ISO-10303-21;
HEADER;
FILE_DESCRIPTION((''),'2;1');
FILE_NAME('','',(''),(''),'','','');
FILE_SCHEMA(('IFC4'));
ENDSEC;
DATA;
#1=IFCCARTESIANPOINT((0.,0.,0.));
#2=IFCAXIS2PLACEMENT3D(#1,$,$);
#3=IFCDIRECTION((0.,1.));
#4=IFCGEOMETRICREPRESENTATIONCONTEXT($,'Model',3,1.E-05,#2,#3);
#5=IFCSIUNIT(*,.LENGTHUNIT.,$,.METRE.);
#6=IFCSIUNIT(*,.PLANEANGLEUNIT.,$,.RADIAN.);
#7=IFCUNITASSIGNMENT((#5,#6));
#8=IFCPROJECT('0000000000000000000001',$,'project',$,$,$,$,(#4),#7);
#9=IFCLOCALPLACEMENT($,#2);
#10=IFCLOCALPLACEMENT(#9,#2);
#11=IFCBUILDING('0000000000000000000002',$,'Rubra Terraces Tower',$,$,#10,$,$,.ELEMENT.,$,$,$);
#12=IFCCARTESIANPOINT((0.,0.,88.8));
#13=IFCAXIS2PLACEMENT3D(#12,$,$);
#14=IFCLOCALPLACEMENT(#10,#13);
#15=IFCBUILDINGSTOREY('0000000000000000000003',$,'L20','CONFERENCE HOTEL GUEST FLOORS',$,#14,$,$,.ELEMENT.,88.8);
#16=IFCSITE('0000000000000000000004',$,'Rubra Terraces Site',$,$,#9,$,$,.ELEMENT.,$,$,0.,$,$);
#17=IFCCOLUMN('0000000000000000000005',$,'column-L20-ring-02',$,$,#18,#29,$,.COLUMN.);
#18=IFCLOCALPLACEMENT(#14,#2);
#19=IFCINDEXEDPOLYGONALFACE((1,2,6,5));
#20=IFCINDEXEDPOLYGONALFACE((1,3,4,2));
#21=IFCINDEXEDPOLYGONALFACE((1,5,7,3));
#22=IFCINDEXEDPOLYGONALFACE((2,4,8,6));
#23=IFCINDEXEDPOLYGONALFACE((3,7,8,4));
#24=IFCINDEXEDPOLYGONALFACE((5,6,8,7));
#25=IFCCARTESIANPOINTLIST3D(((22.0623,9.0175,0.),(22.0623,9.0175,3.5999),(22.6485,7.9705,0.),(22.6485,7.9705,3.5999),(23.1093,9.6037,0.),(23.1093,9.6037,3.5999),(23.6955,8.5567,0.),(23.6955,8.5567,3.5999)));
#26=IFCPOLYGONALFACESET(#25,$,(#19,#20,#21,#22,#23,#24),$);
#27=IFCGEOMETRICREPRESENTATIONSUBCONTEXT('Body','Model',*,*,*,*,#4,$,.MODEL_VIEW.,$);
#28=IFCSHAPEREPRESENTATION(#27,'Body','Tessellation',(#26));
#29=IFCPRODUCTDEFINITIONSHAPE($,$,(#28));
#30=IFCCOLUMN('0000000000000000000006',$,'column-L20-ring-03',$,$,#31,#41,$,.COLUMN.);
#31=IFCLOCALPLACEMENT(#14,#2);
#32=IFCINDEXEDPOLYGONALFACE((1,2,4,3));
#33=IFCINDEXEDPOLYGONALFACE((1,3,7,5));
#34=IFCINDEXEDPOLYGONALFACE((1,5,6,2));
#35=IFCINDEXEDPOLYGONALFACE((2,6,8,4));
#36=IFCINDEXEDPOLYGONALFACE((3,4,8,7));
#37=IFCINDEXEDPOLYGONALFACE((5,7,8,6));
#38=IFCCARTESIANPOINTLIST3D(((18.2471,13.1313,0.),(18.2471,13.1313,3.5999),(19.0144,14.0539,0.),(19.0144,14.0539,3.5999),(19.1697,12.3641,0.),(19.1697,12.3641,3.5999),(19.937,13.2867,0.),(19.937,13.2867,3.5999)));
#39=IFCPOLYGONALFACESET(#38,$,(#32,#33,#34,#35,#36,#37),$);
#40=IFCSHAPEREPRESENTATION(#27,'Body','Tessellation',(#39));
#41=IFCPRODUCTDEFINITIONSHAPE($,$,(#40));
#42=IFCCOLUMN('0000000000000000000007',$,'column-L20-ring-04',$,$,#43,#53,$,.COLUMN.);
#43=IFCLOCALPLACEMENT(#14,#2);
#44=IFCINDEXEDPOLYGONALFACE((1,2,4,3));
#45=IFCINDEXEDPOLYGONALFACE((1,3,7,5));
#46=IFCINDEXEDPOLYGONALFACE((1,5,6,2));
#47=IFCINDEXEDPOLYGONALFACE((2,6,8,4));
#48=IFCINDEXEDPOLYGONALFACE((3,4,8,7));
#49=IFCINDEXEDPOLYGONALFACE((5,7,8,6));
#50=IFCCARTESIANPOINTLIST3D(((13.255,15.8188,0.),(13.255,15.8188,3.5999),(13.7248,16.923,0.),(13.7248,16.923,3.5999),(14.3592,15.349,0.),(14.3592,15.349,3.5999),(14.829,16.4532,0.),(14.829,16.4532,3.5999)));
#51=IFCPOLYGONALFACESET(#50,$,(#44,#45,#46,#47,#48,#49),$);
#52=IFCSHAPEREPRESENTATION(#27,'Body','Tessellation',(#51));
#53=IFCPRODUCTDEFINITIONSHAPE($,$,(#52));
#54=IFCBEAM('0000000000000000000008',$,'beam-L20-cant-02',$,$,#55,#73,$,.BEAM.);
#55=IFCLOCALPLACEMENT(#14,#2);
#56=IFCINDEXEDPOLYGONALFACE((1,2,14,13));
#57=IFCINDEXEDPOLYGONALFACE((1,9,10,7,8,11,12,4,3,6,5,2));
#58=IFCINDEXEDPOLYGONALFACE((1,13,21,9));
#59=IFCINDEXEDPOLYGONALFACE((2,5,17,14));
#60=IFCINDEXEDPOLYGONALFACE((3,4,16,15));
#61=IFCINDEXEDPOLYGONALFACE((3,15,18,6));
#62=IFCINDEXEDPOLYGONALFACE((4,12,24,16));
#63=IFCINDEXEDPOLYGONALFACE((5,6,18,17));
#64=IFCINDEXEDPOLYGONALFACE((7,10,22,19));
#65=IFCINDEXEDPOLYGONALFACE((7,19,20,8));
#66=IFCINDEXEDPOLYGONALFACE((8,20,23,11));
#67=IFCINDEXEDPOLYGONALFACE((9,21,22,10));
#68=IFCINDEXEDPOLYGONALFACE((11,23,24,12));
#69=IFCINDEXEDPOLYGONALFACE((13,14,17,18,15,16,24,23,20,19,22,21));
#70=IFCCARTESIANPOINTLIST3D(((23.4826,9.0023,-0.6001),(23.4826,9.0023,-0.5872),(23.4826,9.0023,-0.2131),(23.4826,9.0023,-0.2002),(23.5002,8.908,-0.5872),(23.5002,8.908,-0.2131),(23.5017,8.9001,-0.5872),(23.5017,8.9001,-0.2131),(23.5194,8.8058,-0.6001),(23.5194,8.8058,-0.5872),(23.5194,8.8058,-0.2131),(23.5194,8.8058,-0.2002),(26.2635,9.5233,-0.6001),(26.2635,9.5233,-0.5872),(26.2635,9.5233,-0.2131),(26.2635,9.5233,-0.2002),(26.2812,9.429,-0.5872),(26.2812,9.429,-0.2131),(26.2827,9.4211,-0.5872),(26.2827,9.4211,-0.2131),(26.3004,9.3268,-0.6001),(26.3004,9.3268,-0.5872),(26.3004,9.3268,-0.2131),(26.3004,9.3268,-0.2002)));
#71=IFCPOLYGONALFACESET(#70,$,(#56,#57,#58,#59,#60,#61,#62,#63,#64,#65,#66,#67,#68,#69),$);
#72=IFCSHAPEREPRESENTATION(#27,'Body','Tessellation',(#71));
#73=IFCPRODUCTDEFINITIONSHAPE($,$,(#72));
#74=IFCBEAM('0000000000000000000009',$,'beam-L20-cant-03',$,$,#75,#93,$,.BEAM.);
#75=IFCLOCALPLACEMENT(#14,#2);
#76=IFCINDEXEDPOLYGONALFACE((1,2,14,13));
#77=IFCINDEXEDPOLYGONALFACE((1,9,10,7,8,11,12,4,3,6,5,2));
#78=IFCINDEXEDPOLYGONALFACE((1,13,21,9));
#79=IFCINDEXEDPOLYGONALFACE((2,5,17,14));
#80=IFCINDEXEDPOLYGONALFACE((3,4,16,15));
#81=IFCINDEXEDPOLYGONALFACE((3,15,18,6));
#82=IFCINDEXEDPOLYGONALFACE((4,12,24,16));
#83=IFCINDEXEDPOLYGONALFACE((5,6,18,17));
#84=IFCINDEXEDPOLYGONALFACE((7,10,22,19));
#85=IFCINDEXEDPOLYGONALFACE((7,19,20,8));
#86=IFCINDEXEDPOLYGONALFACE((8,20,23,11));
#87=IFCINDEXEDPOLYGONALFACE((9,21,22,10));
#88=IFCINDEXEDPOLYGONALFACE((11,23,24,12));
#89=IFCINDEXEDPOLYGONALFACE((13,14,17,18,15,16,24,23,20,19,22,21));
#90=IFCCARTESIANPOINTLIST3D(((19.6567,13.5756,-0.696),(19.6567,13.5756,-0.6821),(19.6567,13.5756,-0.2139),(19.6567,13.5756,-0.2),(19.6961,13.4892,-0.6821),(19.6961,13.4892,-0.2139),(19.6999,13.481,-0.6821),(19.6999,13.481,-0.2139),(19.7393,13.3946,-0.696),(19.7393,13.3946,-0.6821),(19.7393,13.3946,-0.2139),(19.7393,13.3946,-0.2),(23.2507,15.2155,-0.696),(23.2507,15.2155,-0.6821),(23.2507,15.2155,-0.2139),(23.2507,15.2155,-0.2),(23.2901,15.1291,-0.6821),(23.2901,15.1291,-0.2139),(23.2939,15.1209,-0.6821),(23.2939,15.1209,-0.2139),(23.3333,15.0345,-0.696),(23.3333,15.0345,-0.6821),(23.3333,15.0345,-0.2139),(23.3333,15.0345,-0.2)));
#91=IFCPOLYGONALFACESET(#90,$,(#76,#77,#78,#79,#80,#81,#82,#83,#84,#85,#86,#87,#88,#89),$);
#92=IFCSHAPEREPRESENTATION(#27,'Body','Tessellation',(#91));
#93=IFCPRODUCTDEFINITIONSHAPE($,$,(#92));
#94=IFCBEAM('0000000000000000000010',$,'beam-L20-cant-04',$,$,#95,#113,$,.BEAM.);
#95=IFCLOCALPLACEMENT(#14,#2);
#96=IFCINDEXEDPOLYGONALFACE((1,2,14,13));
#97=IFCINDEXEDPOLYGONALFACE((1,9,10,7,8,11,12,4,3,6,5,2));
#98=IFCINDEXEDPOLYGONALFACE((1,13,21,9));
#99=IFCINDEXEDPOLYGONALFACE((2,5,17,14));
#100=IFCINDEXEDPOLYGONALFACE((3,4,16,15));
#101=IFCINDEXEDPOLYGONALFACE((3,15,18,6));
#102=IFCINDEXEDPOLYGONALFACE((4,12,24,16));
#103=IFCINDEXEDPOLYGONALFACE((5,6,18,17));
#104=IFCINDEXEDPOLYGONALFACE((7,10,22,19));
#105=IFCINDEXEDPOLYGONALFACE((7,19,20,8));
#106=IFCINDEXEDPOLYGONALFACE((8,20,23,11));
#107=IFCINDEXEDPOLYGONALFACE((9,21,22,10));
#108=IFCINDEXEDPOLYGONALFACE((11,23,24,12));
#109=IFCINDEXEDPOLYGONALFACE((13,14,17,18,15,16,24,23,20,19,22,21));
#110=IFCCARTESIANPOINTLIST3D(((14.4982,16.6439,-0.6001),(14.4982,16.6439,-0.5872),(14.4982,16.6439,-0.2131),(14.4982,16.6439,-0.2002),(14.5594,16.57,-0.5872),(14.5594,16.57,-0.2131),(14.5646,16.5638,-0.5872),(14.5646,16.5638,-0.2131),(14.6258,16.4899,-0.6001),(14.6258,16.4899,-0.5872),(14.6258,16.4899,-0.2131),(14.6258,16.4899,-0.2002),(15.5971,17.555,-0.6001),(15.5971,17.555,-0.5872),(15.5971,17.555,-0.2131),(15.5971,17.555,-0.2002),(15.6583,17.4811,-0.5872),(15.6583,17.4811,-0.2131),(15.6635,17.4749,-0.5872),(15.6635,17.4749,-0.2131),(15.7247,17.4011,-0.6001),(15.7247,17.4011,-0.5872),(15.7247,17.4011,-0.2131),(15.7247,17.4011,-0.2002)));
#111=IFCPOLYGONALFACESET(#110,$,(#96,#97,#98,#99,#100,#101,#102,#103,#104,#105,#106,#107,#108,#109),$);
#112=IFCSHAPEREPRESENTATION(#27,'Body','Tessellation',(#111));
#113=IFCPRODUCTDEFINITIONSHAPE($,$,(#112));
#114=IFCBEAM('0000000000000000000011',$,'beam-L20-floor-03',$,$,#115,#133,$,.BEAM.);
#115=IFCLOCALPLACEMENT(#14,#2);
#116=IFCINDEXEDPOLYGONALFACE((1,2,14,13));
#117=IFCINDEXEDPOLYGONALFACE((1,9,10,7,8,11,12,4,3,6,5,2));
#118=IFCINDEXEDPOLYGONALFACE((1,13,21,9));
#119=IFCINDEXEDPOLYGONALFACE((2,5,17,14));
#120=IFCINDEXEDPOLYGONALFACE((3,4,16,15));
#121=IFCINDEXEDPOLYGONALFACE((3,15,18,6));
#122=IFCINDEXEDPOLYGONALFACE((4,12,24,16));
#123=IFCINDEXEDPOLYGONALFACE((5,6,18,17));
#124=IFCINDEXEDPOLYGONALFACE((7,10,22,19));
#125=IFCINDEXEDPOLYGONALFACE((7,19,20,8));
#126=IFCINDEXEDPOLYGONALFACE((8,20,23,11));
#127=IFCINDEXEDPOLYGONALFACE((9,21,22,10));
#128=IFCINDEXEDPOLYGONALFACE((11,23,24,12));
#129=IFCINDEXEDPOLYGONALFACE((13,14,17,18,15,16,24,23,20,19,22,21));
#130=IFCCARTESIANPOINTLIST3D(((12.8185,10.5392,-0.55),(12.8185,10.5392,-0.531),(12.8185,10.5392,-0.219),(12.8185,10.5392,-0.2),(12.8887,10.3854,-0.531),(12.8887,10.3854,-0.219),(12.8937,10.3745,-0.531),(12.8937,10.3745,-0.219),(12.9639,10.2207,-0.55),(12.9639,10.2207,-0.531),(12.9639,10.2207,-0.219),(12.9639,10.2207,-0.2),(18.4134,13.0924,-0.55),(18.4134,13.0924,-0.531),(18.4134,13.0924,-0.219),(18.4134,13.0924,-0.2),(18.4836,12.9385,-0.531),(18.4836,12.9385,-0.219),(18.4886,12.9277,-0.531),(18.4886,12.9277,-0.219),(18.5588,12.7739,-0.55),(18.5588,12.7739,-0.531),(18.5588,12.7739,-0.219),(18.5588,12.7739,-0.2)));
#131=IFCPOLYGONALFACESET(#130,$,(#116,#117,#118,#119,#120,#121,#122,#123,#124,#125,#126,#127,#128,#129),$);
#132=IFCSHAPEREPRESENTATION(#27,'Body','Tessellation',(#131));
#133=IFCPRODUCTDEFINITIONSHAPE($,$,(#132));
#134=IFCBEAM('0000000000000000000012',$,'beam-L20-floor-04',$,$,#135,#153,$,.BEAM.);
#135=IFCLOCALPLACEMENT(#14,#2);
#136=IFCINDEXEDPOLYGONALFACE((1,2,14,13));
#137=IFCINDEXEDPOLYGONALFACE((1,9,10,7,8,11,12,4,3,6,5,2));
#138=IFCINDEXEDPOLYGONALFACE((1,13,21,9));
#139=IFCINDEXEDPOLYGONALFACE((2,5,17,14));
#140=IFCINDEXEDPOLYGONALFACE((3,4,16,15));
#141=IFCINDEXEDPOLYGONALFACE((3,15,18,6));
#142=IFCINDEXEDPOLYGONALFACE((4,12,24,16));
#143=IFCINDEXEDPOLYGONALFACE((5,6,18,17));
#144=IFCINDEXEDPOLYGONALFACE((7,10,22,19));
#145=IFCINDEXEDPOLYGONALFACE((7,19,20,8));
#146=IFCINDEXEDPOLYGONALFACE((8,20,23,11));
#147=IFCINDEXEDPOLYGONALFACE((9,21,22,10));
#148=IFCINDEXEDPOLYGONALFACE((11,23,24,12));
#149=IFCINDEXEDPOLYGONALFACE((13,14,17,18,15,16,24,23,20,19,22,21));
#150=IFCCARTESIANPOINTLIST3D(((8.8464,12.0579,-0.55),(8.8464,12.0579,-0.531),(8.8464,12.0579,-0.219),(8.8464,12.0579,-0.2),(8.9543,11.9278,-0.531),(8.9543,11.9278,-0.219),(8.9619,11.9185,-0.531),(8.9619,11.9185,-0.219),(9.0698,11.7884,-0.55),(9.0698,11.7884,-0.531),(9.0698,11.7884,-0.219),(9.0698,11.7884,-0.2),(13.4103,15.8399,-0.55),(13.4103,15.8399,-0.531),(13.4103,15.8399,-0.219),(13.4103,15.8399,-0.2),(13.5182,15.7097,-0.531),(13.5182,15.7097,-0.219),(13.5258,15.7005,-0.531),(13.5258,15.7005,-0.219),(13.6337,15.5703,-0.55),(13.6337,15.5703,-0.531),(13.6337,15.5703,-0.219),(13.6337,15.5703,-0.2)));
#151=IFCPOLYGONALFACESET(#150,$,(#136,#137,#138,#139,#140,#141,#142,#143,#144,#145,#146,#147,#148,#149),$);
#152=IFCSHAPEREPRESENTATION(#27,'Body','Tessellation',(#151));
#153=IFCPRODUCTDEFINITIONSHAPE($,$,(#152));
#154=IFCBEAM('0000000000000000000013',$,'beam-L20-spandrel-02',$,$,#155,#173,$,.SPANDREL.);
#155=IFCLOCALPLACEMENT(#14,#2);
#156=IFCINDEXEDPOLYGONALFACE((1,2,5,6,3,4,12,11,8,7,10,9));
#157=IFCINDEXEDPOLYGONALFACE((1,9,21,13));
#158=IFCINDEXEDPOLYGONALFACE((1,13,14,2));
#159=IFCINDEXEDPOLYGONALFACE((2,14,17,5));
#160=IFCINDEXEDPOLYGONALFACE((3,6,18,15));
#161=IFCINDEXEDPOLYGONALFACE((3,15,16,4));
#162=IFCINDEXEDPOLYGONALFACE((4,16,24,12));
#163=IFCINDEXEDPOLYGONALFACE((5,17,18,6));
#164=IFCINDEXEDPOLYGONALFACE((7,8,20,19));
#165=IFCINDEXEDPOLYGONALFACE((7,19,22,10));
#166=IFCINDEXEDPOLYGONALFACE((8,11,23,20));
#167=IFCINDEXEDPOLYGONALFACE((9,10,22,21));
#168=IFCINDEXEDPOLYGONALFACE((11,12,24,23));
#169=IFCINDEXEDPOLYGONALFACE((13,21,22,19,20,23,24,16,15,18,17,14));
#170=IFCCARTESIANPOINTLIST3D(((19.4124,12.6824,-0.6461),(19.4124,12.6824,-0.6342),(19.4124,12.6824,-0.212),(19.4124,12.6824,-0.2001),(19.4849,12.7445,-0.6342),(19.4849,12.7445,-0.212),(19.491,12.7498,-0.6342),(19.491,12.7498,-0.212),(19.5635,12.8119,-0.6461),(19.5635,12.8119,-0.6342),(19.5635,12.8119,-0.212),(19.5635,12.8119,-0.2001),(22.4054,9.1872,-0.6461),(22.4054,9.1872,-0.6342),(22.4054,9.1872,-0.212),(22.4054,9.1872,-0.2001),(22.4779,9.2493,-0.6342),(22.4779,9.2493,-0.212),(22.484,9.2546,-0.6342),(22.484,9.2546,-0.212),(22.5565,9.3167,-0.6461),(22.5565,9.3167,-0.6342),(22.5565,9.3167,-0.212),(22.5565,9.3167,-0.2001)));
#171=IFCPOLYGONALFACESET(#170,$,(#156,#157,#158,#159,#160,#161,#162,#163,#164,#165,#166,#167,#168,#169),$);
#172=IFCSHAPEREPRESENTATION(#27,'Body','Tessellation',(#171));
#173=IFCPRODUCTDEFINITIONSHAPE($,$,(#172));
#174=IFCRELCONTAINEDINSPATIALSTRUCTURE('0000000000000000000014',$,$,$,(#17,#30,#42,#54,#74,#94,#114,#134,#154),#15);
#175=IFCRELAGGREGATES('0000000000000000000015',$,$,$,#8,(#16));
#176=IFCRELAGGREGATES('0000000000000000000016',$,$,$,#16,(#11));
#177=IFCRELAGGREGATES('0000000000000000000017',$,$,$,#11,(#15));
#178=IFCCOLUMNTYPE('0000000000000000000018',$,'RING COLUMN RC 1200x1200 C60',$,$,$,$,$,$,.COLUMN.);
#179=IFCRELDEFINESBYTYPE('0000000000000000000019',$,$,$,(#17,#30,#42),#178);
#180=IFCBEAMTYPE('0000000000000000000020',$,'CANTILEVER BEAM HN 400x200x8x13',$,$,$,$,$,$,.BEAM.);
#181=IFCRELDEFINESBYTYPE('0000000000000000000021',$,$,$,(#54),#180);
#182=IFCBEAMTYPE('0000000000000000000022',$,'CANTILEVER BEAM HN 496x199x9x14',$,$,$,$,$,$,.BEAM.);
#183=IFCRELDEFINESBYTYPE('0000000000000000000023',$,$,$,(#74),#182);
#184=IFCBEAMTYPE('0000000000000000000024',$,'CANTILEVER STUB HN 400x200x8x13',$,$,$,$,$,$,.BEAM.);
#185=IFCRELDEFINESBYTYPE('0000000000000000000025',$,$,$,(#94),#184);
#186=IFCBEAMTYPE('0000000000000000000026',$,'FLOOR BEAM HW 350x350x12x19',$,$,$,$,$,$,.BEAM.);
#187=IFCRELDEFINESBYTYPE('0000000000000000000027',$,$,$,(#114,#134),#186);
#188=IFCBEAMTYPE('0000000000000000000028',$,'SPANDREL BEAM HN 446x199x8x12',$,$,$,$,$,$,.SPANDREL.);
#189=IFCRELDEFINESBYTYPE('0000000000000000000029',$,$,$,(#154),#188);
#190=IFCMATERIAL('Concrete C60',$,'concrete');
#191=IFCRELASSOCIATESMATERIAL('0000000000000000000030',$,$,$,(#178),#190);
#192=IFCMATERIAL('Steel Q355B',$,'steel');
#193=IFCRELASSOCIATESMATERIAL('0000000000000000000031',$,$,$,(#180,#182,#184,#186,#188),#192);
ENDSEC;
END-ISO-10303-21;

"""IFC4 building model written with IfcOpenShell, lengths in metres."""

from ifc_helpers import new_model, si_unit, direction, frame, origin, origin_2d, place, context, subcontext, project, spatial, rectangle, i_section, extrude, material, material_profile, profile_set, type_object, element, save


model = new_model("IFC4")

# Units and contexts
model_context = context("Model", 3, precision=1e-05, world=origin(), true_north=direction((0.0, 1.0)))
body_context = subcontext(model_context, "Body", "Model", "MODEL_VIEW")
ifc_project = project(units=[si_unit("LENGTHUNIT", "METRE"), si_unit("PLANEANGLEUNIT", "RADIAN")], contexts=[model_context])

# Site, building, storey
site_placement = place(None, origin())
site = spatial("IfcSite", under=ifc_project, at=site_placement, Name="Rubra Terraces Site", CompositionType="ELEMENT", RefElevation=0.0)
building_placement = place(site_placement, origin())
building = spatial("IfcBuilding", under=site, at=building_placement, Name="Rubra Terraces Tower", CompositionType="ELEMENT")
storey_placement = place(building_placement, frame((0.0, 0.0, 88.8)))
storey = spatial("IfcBuildingStorey", under=building, at=storey_placement, Name="L20", Description="CONFERENCE HOTEL GUEST FLOORS", CompositionType="ELEMENT", Elevation=88.8)

# Columns
ifc_material_1 = material(Name="Concrete C60", Category="concrete")
ifc_material_profile_1 = material_profile(ifc_material_1, rectangle(XDim=1.2, YDim=1.2, at=origin_2d()), Name="RC 1200x1200")
ifc_profile_set_1 = profile_set([ifc_material_profile_1], Name="Concrete C60")
column_type = type_object("IfcColumnType", Name="RING COLUMN RC 1200x1200 C60", PredefinedType="COLUMN", material=ifc_profile_set_1)
for number, where, z_axis, x_axis, name in (
    (1, (22.8789, 8.7871, 0.0), (0.0, 0.0, 1.0), (-0.488526, 0.872549, 0.0), "column-L20-ring-02"),
    (2, (19.092, 13.209, 0.0), (0.0, 0.0, 1.0), (-0.76887, 0.639405, 0.0), "column-L20-ring-03"),
    (3, (14.042, 16.136, 0.0), (0.0, 0.0, 1.0), (-0.920168, 0.391524, 0.0), "column-L20-ring-04"),
):
    element("IfcColumn", number, at=place(storey_placement, frame(where, z_axis=z_axis, x_axis=x_axis)), inside=storey, type_object=column_type, Name=name, PredefinedType="COLUMN", context=body_context, shape_type="SweptSolid", body=[
        extrude(rectangle(XDim=1.2, YDim=1.2, at=origin_2d()), origin(), (0.0, 0.0, 1.0), 3.5999),
    ])

# Beams
ifc_material_2 = material(Name="Steel Q355B", Category="steel")
ifc_material_profile_2 = material_profile(ifc_material_2, i_section(OverallWidth=0.2, OverallDepth=0.3999, WebThickness=0.0081, FlangeThickness=0.0129, at=origin_2d()), Name="HN 400x200x8x13")
ifc_profile_set_2 = profile_set([ifc_material_profile_2], Name="Steel Q355B")
beam_type_1 = type_object("IfcBeamType", Name="CANTILEVER BEAM HN 400x200x8x13", PredefinedType="BEAM", material=ifc_profile_set_2)
beam_1_placement = place(storey_placement, frame((23.501, 8.9041, -0.4001), z_axis=(0.982901, 0.184137, 0.0), x_axis=(-0.184137, 0.982901, 0.0)))
element("IfcBeam", 4, at=beam_1_placement, inside=storey, type_object=beam_type_1, Name="beam-L20-cant-02", PredefinedType="BEAM", context=body_context, shape_type="SweptSolid", body=[
    extrude(i_section(OverallWidth=0.2, OverallDepth=0.3999, WebThickness=0.0081, FlangeThickness=0.0129, at=origin_2d()), origin(), (0.0, 0.0, 1.0), 2.8293),
])
ifc_material_profile_3 = material_profile(ifc_material_2, i_section(OverallWidth=0.199, OverallDepth=0.4961, WebThickness=0.009, FlangeThickness=0.0139, at=origin_2d()), Name="HN 496x199x9x14")
ifc_profile_set_3 = profile_set([ifc_material_profile_3], Name="Steel Q355B")
beam_type_2 = type_object("IfcBeamType", Name="CANTILEVER BEAM HN 496x199x9x14", PredefinedType="BEAM", material=ifc_profile_set_3)
beam_2_placement = place(storey_placement, frame((19.698, 13.4851, -0.448), z_axis=(0.909769, 0.415116, 0.0), x_axis=(-0.415116, 0.909769, 0.0)))
element("IfcBeam", 5, at=beam_2_placement, inside=storey, type_object=beam_type_2, Name="beam-L20-cant-03", PredefinedType="BEAM", context=body_context, shape_type="SweptSolid", body=[
    extrude(i_section(OverallWidth=0.199, OverallDepth=0.4961, WebThickness=0.009, FlangeThickness=0.0139, at=origin_2d()), origin(), (0.0, 0.0, 1.0), 3.9504),
])
ifc_material_profile_4 = material_profile(ifc_material_2, i_section(OverallWidth=0.2, OverallDepth=0.3999, WebThickness=0.0081, FlangeThickness=0.0129, at=origin_2d()), Name="HN 400x200x8x13")
ifc_profile_set_4 = profile_set([ifc_material_profile_4], Name="Steel Q355B")
beam_type_3 = type_object("IfcBeamType", Name="CANTILEVER STUB HN 400x200x8x13", PredefinedType="BEAM", material=ifc_profile_set_4)
beam_3_placement = place(storey_placement, frame((14.562, 16.5669, -0.4001), z_axis=(0.769803, 0.638281, 0.0), x_axis=(-0.638281, 0.769803, 0.0)))
element("IfcBeam", 6, at=beam_3_placement, inside=storey, type_object=beam_type_3, Name="beam-L20-cant-04", PredefinedType="BEAM", context=body_context, shape_type="SweptSolid", body=[
    extrude(i_section(OverallWidth=0.2, OverallDepth=0.3999, WebThickness=0.0081, FlangeThickness=0.0129, at=origin_2d()), origin(), (0.0, 0.0, 1.0), 1.4275),
])
ifc_material_profile_5 = material_profile(ifc_material_2, i_section(OverallWidth=0.3501, OverallDepth=0.3501, WebThickness=0.012, FlangeThickness=0.019, at=origin_2d()), Name="HW 350x350x12x19")
ifc_profile_set_5 = profile_set([ifc_material_profile_5], Name="Steel Q355B")
beam_type_4 = type_object("IfcBeamType", Name="FLOOR BEAM HW 350x350x12x19", PredefinedType="BEAM", material=ifc_profile_set_5)
beam_4_placement = place(storey_placement, frame((18.4861, 12.9331, -0.375), z_axis=(-0.90975, -0.415157, 0.0), x_axis=(0.415157, -0.90975, 0.0)))
element("IfcBeam", 7, at=beam_4_placement, inside=storey, type_object=beam_type_4, Name="beam-L20-floor-03", PredefinedType="BEAM", context=body_context, shape_type="SweptSolid", body=[
    extrude(i_section(OverallWidth=0.3501, OverallDepth=0.3501, WebThickness=0.012, FlangeThickness=0.019, at=origin_2d()), origin(), (0.0, 0.0, 1.0), 6.1499),
])
beam_5_placement = place(storey_placement, frame((13.522, 15.7051, -0.375), z_axis=(-0.769987, -0.638059, 0.0), x_axis=(0.638059, -0.769987, 0.0)))
element("IfcBeam", 8, at=beam_5_placement, inside=storey, type_object=beam_type_4, Name="beam-L20-floor-04", PredefinedType="BEAM", context=body_context, shape_type="SweptSolid", body=[
    extrude(i_section(OverallWidth=0.3501, OverallDepth=0.3501, WebThickness=0.012, FlangeThickness=0.019, at=origin_2d()), origin(), (0.0, 0.0, 1.0), 5.9272),
])
ifc_material_profile_6 = material_profile(ifc_material_2, i_section(OverallWidth=0.199, OverallDepth=0.446, WebThickness=0.0081, FlangeThickness=0.012, at=origin_2d()), Name="HN 446x199x8x12")
ifc_profile_set_6 = profile_set([ifc_material_profile_6], Name="Steel Q355B")
beam_type_5 = type_object("IfcBeamType", Name="SPANDREL BEAM HN 446x199x8x12", PredefinedType="SPANDREL", material=ifc_profile_set_6)
beam_6_placement = place(storey_placement, frame((22.481, 9.252, -0.4231), z_axis=(-0.650429, 0.759567, 0.0), x_axis=(-0.759567, -0.650429, 0.0)))
element("IfcBeam", 9, at=beam_6_placement, inside=storey, type_object=beam_type_5, Name="beam-L20-spandrel-02", PredefinedType="SPANDREL", context=body_context, shape_type="SweptSolid", body=[
    extrude(i_section(OverallWidth=0.199, OverallDepth=0.446, WebThickness=0.0081, FlangeThickness=0.012, at=origin_2d()), origin(), (0.0, 0.0, 1.0), 4.6016),
])

save(model, "model.ifc")
